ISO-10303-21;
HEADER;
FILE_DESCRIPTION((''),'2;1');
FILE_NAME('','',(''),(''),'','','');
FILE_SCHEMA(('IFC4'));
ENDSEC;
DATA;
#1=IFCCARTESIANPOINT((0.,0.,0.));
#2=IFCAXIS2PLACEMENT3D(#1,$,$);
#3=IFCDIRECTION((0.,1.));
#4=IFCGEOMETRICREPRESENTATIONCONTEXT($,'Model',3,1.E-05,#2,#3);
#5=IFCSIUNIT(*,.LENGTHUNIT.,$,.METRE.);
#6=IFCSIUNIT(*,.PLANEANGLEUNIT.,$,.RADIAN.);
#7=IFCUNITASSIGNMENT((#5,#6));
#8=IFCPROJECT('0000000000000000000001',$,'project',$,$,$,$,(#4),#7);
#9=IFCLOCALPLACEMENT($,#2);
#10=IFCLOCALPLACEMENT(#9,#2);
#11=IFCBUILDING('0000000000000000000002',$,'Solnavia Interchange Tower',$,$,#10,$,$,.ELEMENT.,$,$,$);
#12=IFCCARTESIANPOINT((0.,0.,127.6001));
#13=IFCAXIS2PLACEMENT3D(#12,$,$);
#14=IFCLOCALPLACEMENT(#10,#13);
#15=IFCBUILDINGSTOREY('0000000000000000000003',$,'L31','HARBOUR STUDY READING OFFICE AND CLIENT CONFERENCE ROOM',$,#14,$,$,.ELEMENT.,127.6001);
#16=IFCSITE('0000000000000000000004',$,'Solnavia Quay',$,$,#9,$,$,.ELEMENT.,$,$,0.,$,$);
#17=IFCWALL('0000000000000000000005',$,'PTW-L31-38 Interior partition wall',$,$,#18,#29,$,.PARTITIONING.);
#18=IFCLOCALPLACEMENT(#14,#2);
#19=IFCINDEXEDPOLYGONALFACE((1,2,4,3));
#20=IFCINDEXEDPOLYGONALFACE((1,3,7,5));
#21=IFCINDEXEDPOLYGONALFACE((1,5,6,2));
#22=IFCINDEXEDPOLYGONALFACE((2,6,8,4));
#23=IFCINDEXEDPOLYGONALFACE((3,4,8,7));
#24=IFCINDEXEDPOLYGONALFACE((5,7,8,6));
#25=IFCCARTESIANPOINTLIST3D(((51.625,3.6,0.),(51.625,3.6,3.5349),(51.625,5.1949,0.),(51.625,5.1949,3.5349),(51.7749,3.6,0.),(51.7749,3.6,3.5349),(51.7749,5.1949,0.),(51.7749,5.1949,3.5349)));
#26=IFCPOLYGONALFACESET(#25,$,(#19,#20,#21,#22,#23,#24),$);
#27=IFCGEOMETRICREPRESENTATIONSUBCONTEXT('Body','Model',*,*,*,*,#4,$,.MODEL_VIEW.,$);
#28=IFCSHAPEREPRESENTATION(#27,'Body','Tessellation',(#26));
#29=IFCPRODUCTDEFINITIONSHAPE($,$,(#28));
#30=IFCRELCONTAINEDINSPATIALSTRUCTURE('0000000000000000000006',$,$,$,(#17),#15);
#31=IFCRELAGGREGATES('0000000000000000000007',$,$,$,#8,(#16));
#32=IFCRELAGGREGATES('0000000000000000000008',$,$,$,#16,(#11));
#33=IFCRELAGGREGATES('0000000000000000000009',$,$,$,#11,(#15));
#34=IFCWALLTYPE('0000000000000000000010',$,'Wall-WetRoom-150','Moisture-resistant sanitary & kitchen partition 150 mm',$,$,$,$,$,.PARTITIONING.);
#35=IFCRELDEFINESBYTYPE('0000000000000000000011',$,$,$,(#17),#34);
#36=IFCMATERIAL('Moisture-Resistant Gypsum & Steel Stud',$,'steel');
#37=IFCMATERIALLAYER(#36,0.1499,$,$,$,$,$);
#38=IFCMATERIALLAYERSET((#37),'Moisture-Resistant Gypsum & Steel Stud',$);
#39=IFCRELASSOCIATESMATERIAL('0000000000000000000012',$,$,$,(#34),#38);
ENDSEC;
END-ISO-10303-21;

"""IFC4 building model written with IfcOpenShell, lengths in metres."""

from ifc_helpers import new_model, si_unit, direction, frame, frame_2d, origin, place, context, subcontext, project, spatial, rectangle, extrude, material, layer, layer_set, type_object, element, save


model = new_model("IFC4")

# Units and contexts
model_context = context("Model", 3, precision=1e-05, world=origin(), true_north=direction((0.0, 1.0)))
body_context = subcontext(model_context, "Body", "Model", "MODEL_VIEW")
ifc_project = project(units=[si_unit("LENGTHUNIT", "METRE"), si_unit("PLANEANGLEUNIT", "RADIAN")], contexts=[model_context])

# Site, building, storey
site_placement = place(None, origin())
site = spatial("IfcSite", under=ifc_project, at=site_placement, Name="Solnavia Quay", CompositionType="ELEMENT", RefElevation=0.0)
building_placement = place(site_placement, origin())
building = spatial("IfcBuilding", under=site, at=building_placement, Name="Solnavia Interchange Tower", CompositionType="ELEMENT")
storey_placement = place(building_placement, frame((0.0, 0.0, 127.6001)))
storey = spatial("IfcBuildingStorey", under=building, at=storey_placement, Name="L31", Description="HARBOUR STUDY READING OFFICE AND CLIENT CONFERENCE ROOM", CompositionType="ELEMENT", Elevation=127.6001)

# Shared definitions
ifc_material_1 = material(Name="Moisture-Resistant Gypsum & Steel Stud", Category="steel")
ifc_layer_1 = layer(ifc_material_1, 0.1499)
ifc_layer_set_1 = layer_set([ifc_layer_1], Name="Moisture-Resistant Gypsum & Steel Stud")
wall_type_1 = type_object("IfcWallType", Name="Wall-WetRoom-150", Description="Moisture-resistant sanitary & kitchen partition 150 mm", PredefinedType="PARTITIONING", material=ifc_layer_set_1)

# Wall
wall_1_placement = place(storey_placement, frame((51.7, 3.6001, 0.0), z_axis=(0.0, 0.0, 1.0), x_axis=(0.0, 1.0, 0.0)))
element("IfcWall", 1, at=wall_1_placement, inside=storey, type_object=wall_type_1, Name="PTW-L31-38 Interior partition wall", PredefinedType="PARTITIONING", context=body_context, shape_type="SweptSolid", body=[
    extrude(rectangle(XDim=1.595, YDim=0.1499, at=frame_2d((0.7974, 0.0))), origin(), (0.0, 0.0, 1.0), 3.5349),
])

save(model, "model.ifc")
